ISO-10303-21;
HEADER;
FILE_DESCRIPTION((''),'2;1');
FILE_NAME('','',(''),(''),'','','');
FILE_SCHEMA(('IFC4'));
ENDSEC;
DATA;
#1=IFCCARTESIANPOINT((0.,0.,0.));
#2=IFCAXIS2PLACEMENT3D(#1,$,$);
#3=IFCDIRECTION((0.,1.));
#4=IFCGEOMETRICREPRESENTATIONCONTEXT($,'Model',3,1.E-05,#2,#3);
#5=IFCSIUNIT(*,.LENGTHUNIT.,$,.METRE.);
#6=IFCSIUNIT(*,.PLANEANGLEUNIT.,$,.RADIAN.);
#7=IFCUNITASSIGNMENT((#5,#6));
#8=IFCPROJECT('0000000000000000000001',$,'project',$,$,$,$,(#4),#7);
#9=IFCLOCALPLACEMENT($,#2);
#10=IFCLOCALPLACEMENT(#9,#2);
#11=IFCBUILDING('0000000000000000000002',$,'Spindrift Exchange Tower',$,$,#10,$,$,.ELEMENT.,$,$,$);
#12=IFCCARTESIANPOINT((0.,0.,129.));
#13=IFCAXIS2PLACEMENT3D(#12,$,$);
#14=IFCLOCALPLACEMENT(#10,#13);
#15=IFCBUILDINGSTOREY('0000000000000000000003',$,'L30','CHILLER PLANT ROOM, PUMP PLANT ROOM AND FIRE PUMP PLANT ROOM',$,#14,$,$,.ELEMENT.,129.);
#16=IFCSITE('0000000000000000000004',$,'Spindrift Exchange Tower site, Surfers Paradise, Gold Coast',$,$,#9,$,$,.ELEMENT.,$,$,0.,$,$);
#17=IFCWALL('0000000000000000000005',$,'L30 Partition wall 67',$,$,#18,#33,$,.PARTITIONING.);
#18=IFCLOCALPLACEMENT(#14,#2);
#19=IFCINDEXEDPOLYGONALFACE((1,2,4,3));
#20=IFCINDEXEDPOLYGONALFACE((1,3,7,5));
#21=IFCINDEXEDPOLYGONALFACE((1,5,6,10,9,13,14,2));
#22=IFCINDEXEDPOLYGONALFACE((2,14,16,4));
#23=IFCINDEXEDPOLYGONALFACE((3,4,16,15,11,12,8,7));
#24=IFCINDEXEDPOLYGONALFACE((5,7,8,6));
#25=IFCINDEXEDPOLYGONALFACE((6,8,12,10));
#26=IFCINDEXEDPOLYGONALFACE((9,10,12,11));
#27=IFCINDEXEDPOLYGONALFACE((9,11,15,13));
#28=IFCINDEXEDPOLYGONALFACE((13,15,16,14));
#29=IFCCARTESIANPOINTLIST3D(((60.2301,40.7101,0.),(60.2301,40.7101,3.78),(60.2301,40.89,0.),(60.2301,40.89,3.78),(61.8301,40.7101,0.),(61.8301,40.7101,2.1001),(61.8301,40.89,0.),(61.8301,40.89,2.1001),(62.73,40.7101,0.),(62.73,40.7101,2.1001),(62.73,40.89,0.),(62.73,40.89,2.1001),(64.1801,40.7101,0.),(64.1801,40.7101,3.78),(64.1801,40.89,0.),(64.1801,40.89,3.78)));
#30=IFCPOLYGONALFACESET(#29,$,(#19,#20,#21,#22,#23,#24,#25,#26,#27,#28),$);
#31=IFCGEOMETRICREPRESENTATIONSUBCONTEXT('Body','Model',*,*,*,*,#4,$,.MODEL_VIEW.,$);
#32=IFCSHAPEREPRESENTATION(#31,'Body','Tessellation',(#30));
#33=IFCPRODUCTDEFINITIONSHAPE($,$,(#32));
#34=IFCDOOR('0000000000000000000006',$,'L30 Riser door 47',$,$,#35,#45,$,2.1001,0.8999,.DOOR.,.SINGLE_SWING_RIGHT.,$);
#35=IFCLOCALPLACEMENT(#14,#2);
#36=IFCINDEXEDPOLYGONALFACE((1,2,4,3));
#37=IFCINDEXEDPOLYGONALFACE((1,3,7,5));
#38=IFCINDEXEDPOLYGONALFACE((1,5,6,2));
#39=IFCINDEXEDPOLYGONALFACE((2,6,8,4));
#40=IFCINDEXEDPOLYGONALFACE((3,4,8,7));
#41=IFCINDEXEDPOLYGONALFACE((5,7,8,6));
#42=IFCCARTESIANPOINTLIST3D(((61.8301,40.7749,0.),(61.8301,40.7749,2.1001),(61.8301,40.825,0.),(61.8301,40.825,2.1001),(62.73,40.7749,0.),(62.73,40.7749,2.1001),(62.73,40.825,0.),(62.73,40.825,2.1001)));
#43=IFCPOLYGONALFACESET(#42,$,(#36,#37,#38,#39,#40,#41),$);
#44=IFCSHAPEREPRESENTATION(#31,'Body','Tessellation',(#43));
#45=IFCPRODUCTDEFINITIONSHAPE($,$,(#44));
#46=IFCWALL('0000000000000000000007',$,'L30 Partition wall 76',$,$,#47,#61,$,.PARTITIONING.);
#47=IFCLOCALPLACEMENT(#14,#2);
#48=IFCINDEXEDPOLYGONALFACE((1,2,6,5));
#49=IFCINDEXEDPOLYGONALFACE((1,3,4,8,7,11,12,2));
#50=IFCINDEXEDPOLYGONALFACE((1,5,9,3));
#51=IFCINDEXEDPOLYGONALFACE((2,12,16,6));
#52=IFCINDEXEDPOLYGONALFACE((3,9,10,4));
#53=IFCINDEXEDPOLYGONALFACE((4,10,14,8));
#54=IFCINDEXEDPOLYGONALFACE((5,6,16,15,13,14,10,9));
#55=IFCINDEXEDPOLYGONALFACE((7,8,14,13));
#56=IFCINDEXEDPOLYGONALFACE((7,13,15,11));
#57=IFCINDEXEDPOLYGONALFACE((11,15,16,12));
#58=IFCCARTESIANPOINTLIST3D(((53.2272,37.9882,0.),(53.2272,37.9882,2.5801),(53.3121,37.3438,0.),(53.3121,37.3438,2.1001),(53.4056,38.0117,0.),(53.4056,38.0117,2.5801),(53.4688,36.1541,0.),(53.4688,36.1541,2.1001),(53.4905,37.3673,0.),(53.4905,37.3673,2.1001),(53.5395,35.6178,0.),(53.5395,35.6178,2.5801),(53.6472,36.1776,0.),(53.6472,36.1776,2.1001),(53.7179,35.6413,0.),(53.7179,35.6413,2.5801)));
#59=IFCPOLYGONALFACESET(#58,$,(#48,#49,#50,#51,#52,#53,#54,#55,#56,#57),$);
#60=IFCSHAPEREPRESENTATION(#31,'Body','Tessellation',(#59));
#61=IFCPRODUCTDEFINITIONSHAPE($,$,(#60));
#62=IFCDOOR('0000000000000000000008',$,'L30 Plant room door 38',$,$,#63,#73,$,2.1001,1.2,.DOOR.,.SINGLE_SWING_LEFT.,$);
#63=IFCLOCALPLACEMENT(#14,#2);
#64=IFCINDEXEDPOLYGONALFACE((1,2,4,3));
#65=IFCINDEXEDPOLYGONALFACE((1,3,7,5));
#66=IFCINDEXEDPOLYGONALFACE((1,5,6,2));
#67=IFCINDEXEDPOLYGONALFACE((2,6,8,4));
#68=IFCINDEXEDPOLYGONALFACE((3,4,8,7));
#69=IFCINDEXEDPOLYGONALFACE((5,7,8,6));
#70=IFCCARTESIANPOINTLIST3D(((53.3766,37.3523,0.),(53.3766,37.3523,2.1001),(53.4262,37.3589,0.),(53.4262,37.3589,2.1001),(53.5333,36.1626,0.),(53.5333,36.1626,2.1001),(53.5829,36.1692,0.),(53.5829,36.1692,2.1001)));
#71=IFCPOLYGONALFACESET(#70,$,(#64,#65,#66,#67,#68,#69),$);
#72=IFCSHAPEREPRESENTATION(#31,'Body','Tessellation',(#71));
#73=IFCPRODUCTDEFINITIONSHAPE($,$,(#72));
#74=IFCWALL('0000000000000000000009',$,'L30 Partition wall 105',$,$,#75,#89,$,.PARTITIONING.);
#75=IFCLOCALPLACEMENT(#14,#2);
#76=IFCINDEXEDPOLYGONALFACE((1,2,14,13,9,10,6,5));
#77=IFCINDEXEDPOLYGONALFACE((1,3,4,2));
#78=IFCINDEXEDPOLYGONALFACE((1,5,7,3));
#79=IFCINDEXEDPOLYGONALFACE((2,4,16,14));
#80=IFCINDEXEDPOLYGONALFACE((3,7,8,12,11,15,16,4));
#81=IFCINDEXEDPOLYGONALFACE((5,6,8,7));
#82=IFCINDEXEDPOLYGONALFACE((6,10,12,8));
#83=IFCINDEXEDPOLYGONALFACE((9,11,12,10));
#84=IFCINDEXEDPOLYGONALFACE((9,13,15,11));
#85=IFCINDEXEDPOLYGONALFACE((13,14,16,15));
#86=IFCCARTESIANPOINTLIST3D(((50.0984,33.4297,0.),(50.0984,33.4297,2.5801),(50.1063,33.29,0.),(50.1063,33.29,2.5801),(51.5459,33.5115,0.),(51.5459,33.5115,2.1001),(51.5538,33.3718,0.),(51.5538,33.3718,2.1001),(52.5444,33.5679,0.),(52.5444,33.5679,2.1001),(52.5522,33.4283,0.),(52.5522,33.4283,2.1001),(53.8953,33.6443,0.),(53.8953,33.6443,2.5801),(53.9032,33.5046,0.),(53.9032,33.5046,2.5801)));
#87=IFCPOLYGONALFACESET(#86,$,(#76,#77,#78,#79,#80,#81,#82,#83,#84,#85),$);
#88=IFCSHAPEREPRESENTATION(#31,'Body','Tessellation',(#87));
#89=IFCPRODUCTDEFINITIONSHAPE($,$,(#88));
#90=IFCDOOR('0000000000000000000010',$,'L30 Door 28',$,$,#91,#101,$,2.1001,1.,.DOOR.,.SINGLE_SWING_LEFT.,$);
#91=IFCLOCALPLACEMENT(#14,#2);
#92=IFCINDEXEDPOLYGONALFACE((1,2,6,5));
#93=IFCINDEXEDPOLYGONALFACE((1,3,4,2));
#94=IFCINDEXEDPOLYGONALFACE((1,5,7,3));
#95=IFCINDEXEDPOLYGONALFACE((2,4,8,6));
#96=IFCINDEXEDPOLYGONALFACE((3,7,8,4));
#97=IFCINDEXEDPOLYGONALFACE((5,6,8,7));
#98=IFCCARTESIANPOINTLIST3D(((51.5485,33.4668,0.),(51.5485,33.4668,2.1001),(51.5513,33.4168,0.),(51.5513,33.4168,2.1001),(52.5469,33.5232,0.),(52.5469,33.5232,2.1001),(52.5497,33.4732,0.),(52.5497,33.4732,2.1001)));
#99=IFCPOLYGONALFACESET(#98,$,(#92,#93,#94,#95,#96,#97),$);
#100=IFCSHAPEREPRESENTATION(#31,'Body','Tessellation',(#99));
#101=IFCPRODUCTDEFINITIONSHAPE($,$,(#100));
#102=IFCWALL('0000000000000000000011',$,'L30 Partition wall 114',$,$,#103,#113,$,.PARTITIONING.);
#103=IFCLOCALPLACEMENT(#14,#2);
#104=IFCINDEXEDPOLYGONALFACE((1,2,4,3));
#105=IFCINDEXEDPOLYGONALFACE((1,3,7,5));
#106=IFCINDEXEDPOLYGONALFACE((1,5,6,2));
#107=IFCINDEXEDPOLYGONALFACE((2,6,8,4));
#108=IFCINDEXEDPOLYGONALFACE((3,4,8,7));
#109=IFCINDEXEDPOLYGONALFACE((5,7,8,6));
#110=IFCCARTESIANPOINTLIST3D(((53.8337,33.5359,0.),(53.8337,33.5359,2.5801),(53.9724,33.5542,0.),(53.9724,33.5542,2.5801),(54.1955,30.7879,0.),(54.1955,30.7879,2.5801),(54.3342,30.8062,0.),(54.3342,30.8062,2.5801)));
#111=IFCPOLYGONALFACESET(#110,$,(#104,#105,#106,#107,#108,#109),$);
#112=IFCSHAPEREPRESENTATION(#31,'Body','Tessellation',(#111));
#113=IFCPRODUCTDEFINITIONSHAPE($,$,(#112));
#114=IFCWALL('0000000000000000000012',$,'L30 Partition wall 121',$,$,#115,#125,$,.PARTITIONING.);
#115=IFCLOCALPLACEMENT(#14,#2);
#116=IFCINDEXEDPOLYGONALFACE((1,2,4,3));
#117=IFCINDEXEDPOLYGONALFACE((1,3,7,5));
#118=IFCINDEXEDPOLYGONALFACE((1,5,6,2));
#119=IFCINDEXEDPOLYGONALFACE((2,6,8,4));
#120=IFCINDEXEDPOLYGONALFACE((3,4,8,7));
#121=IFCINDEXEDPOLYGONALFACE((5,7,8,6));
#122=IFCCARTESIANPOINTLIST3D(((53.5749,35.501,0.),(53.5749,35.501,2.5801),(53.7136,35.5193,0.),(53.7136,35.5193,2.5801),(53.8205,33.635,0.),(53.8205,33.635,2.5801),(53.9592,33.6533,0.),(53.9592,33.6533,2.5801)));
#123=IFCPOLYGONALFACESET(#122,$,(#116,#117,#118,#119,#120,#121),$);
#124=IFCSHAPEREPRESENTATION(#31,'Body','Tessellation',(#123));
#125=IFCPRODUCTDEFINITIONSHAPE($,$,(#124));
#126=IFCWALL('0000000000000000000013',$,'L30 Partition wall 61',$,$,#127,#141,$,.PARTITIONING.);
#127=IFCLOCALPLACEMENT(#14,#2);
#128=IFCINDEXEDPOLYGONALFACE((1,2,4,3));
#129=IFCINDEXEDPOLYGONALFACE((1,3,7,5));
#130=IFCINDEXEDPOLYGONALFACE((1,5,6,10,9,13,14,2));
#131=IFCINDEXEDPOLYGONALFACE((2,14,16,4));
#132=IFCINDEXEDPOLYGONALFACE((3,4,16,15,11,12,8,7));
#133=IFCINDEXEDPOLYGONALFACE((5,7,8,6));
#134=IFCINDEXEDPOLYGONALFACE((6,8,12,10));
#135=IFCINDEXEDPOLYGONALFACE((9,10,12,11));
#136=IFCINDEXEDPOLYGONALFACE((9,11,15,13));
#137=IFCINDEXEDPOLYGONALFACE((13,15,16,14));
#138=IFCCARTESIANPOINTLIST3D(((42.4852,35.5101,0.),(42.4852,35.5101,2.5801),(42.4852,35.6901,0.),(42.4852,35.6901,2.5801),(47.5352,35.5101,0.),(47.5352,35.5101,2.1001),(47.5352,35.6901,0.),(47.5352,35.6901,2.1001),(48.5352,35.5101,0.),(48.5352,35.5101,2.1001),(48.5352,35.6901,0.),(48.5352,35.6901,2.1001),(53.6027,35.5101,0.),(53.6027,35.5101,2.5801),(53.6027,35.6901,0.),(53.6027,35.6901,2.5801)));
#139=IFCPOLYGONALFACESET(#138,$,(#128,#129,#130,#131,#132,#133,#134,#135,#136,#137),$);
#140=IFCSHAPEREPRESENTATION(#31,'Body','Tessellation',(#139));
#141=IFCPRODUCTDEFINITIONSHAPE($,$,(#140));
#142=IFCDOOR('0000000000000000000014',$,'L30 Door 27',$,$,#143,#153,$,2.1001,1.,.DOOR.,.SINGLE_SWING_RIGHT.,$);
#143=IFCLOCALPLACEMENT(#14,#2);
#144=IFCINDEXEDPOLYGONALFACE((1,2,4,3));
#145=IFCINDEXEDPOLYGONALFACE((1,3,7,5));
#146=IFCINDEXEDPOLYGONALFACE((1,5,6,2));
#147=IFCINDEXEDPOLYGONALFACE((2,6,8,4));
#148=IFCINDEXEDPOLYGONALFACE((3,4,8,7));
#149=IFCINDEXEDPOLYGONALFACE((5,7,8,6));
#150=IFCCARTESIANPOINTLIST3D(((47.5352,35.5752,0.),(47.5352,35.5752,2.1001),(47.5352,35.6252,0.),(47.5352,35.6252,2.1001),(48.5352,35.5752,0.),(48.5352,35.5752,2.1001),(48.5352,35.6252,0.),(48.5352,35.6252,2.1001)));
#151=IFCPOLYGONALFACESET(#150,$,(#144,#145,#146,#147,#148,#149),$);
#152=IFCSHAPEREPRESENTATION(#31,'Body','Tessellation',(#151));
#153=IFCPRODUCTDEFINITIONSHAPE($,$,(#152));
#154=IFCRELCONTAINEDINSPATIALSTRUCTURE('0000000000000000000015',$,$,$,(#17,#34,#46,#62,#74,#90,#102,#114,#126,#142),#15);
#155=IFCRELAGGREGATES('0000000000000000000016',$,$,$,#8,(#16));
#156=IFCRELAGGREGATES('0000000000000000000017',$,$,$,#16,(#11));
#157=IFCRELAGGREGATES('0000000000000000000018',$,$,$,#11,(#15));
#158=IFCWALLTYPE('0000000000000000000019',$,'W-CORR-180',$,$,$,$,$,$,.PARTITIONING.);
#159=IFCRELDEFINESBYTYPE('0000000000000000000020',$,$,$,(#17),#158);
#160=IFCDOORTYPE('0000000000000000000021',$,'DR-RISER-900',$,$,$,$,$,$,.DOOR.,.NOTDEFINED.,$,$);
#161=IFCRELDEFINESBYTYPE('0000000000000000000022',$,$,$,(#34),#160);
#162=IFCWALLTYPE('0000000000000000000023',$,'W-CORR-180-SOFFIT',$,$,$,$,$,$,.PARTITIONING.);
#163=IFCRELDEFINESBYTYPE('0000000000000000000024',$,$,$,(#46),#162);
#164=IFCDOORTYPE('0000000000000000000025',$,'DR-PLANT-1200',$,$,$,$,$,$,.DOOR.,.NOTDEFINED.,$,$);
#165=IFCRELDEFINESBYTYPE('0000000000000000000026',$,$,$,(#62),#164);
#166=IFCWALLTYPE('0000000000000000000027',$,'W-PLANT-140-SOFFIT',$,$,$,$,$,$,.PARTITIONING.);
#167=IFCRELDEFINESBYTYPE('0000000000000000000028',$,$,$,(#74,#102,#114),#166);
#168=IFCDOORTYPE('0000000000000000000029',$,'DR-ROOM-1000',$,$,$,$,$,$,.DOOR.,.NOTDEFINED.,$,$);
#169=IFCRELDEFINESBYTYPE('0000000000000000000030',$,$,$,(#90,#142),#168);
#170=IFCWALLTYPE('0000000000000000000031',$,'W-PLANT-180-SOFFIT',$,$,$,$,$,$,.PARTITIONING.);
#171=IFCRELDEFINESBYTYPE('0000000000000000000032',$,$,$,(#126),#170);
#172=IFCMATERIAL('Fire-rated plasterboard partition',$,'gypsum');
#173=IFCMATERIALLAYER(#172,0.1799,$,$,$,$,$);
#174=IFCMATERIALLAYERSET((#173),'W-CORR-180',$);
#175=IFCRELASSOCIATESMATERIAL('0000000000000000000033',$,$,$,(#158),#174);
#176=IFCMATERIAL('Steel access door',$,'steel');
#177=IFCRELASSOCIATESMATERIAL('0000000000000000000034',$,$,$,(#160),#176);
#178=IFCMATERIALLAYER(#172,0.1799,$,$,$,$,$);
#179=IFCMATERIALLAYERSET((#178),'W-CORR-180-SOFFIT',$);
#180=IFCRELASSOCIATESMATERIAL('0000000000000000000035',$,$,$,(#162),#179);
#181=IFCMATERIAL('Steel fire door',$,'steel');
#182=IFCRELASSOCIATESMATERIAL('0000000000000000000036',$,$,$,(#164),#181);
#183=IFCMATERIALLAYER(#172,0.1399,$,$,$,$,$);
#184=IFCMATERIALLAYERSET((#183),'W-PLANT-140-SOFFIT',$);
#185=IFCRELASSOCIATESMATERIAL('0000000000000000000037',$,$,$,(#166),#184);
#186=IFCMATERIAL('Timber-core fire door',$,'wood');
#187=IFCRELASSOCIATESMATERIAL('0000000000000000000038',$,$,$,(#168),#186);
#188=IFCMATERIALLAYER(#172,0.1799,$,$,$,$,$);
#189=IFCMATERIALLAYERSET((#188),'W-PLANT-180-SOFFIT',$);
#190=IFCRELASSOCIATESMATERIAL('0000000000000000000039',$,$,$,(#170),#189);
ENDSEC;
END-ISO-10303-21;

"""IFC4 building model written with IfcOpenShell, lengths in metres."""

from ifc_helpers import new_model, si_unit, direction, frame, frame_2d, origin, place, context, subcontext, project, spatial, rectangle, extrude, source, transform, mapped, material, layer, layer_set, type_object, element, fill, save


model = new_model("IFC4")

# Units and contexts
model_context = context("Model", 3, precision=1e-05, world=origin(), true_north=direction((0.0, 1.0)))
body_context = subcontext(model_context, "Body", "Model", "MODEL_VIEW")
ifc_project = project(units=[si_unit("LENGTHUNIT", "METRE"), si_unit("PLANEANGLEUNIT", "RADIAN")], contexts=[model_context])

# Site, building, storey
site_placement = place(None, origin())
site = spatial("IfcSite", under=ifc_project, at=site_placement, Name="Spindrift Exchange Tower site, Surfers Paradise, Gold Coast", CompositionType="ELEMENT", RefElevation=0.0)
building_placement = place(site_placement, origin())
building = spatial("IfcBuilding", under=site, at=building_placement, Name="Spindrift Exchange Tower", CompositionType="ELEMENT")
storey_placement = place(building_placement, frame((0.0, 0.0, 129.0)))
storey = spatial("IfcBuildingStorey", under=building, at=storey_placement, Name="L30", Description="CHILLER PLANT ROOM, PUMP PLANT ROOM AND FIRE PUMP PLANT ROOM", CompositionType="ELEMENT", Elevation=129.0)

# Walls, openings, doors
ifc_material_1 = material(Name="Fire-rated plasterboard partition", Category="gypsum")
ifc_layer_1 = layer(ifc_material_1, 0.1799)
ifc_layer_set_1 = layer_set([ifc_layer_1], Name="W-CORR-180")
wall_type_1 = type_object("IfcWallType", Name="W-CORR-180", PredefinedType="PARTITIONING", material=ifc_layer_set_1)
wall_1_placement = place(storey_placement, frame((60.23, 40.8, 0.0), z_axis=(0.0, 0.0, 1.0), x_axis=(1.0, 0.0, 0.0)))
wall_1 = element("IfcWall", 1, at=wall_1_placement, inside=storey, type_object=wall_type_1, Name="L30 Partition wall 67", PredefinedType="PARTITIONING", context=body_context, shape_type="SweptSolid", body=[
    extrude(rectangle(XDim=3.95, YDim=0.1799, at=frame_2d((1.9751, 0.0))), origin(), (0.0, 0.0, 1.0), 3.78),
])
opening_1_placement = place(wall_1_placement, frame((1.6001, 0.0, 0.0)))
opening_1 = element("IfcOpeningElement", 2, at=opening_1_placement, cuts=wall_1, PredefinedType="OPENING", context=body_context, shape_type="SweptSolid", body=[
    extrude(rectangle(XDim=0.8999, YDim=2.1001, at=frame_2d((0.45, 1.05))), frame((0.0, 0.0999, 0.0), z_axis=(0.0, -1.0, 0.0), x_axis=(1.0, 0.0, 0.0)), (0.0, 0.0, 1.0), 0.2),
])
ifc_material_2 = material(Name="Steel access door", Category="steel")
door_type_1 = type_object("IfcDoorType", Name="DR-RISER-900", OperationType="NOTDEFINED", PredefinedType="DOOR", material=ifc_material_2)
shared_shape_1 = source(origin(), body_context, "Body", "SweptSolid", [
    extrude(rectangle(XDim=0.8999, YDim=2.1001, at=frame_2d((0.45, 1.05))), frame((0.0, 0.0249, 0.0), z_axis=(0.0, -1.0, 0.0), x_axis=(1.0, 0.0, 0.0)), (0.0, 0.0, 1.0), 0.05),
])
door_1_placement = place(opening_1_placement, origin())
door_1 = element("IfcDoor", 3, at=door_1_placement, inside=storey, type_object=door_type_1, Name="L30 Riser door 47", OperationType="SINGLE_SWING_RIGHT", OverallHeight=2.1001, OverallWidth=0.8999, PredefinedType="DOOR", context=body_context, shape_type="MappedRepresentation", body=[
    mapped(shared_shape_1, transform((0.0, 0.0, 0.0), scale=1.0)),
])
fill(opening_1, door_1)
ifc_layer_2 = layer(ifc_material_1, 0.1799)
ifc_layer_set_2 = layer_set([ifc_layer_2], Name="W-CORR-180-SOFFIT")
wall_type_2 = type_object("IfcWallType", Name="W-CORR-180-SOFFIT", PredefinedType="PARTITIONING", material=ifc_layer_set_2)
wall_2_placement = place(storey_placement, frame((53.6287, 35.6296, 0.0), z_axis=(0.0, 0.0, 1.0), x_axis=(-0.130605, 0.991434, 0.0)))
wall_2 = element("IfcWall", 4, at=wall_2_placement, inside=storey, type_object=wall_type_2, Name="L30 Partition wall 76", PredefinedType="PARTITIONING", context=body_context, shape_type="SweptSolid", body=[
    extrude(rectangle(XDim=2.3909, YDim=0.1799, at=frame_2d((1.1953, 0.0))), origin(), (0.0, 0.0, 1.0), 2.5801),
])
opening_2_placement = place(wall_2_placement, frame((0.5408, 0.0, 0.0)))
opening_2 = element("IfcOpeningElement", 5, at=opening_2_placement, cuts=wall_2, PredefinedType="OPENING", context=body_context, shape_type="SweptSolid", body=[
    extrude(rectangle(XDim=1.2, YDim=2.1001, at=frame_2d((0.6001, 1.05))), frame((0.0, 0.0999, 0.0), z_axis=(0.0, -1.0, 0.0), x_axis=(1.0, 0.0, 0.0)), (0.0, 0.0, 1.0), 0.2),
])
ifc_material_3 = material(Name="Steel fire door", Category="steel")
door_type_2 = type_object("IfcDoorType", Name="DR-PLANT-1200", OperationType="NOTDEFINED", PredefinedType="DOOR", material=ifc_material_3)
shared_shape_2 = source(origin(), body_context, "Body", "SweptSolid", [
    extrude(rectangle(XDim=1.2, YDim=2.1001, at=frame_2d((0.6001, 1.05))), frame((0.0, 0.0249, 0.0), z_axis=(0.0, -1.0, 0.0), x_axis=(1.0, 0.0, 0.0)), (0.0, 0.0, 1.0), 0.05),
])
door_2_placement = place(opening_2_placement, origin())
door_2 = element("IfcDoor", 6, at=door_2_placement, inside=storey, type_object=door_type_2, Name="L30 Plant room door 38", OperationType="SINGLE_SWING_LEFT", OverallHeight=2.1001, OverallWidth=1.2, PredefinedType="DOOR", context=body_context, shape_type="MappedRepresentation", body=[
    mapped(shared_shape_2, transform((0.0, 0.0, 0.0), scale=1.0)),
])
fill(opening_2, door_2)
ifc_layer_3 = layer(ifc_material_1, 0.1399)
ifc_layer_set_3 = layer_set([ifc_layer_3], Name="W-PLANT-140-SOFFIT")
wall_type_3 = type_object("IfcWallType", Name="W-PLANT-140-SOFFIT", PredefinedType="PARTITIONING", material=ifc_layer_set_3)
wall_3_placement = place(storey_placement, frame((53.8992, 33.5745, 0.0), z_axis=(0.0, 0.0, 1.0), x_axis=(-0.998407, -0.05643, 0.0)))
wall_3 = element("IfcWall", 7, at=wall_3_placement, inside=storey, type_object=wall_type_3, Name="L30 Partition wall 105", PredefinedType="PARTITIONING", context=body_context, shape_type="SweptSolid", body=[
    extrude(rectangle(XDim=3.803, YDim=0.1399, at=frame_2d((1.9014, 0.0))), origin(), (0.0, 0.0, 1.0), 2.5801),
])
opening_3_placement = place(wall_3_placement, frame((1.353, 0.0, 0.0)))
opening_3 = element("IfcOpeningElement", 8, at=opening_3_placement, cuts=wall_3, PredefinedType="OPENING", context=body_context, shape_type="SweptSolid", body=[
    extrude(rectangle(XDim=1.0, YDim=2.1001, at=frame_2d((0.5, 1.05))), frame((0.0, 0.0798, 0.0), z_axis=(0.0, -1.0, 0.0), x_axis=(1.0, 0.0, 0.0)), (0.0, 0.0, 1.0), 0.1599),
])
ifc_material_4 = material(Name="Timber-core fire door", Category="wood")
door_type_3 = type_object("IfcDoorType", Name="DR-ROOM-1000", OperationType="NOTDEFINED", PredefinedType="DOOR", material=ifc_material_4)
shared_shape_3 = source(origin(), body_context, "Body", "SweptSolid", [
    extrude(rectangle(XDim=1.0, YDim=2.1001, at=frame_2d((0.5, 1.05))), frame((0.0, 0.0249, 0.0), z_axis=(0.0, -1.0, 0.0), x_axis=(1.0, 0.0, 0.0)), (0.0, 0.0, 1.0), 0.05),
])
door_3_placement = place(opening_3_placement, origin())
door_3 = element("IfcDoor", 9, at=door_3_placement, inside=storey, type_object=door_type_3, Name="L30 Door 28", OperationType="SINGLE_SWING_LEFT", OverallHeight=2.1001, OverallWidth=1.0, PredefinedType="DOOR", context=body_context, shape_type="MappedRepresentation", body=[
    mapped(shared_shape_3, transform((0.0, 0.0, 0.0), scale=1.0)),
])
fill(opening_3, door_3)

# Walls
wall_4_placement = place(storey_placement, frame((53.9031, 33.5449, 0.0), z_axis=(0.0, 0.0, 1.0), x_axis=(0.130537, -0.991443, 0.0)))
element("IfcWall", 10, at=wall_4_placement, inside=storey, type_object=wall_type_3, Name="L30 Partition wall 114", PredefinedType="PARTITIONING", context=body_context, shape_type="SweptSolid", body=[
    extrude(rectangle(XDim=2.7717, YDim=0.1399, at=frame_2d((1.3857, 0.0))), origin(), (0.0, 0.0, 1.0), 2.5801),
])
wall_5_placement = place(storey_placement, frame((53.6443, 35.51, 0.0), z_axis=(0.0, 0.0, 1.0), x_axis=(0.130498, -0.991449, 0.0)))
element("IfcWall", 11, at=wall_5_placement, inside=storey, type_object=wall_type_3, Name="L30 Partition wall 121", PredefinedType="PARTITIONING", context=body_context, shape_type="SweptSolid", body=[
    extrude(rectangle(XDim=1.8821, YDim=0.1399, at=frame_2d((0.9409, 0.0))), origin(), (0.0, 0.0, 1.0), 2.5801),
])

# Wall, opening, door
ifc_layer_4 = layer(ifc_material_1, 0.1799)
ifc_layer_set_4 = layer_set([ifc_layer_4], Name="W-PLANT-180-SOFFIT")
wall_type_4 = type_object("IfcWallType", Name="W-PLANT-180-SOFFIT", PredefinedType="PARTITIONING", material=ifc_layer_set_4)
wall_6_placement = place(storey_placement, frame((53.6025, 35.6001, 0.0), z_axis=(0.0, 0.0, 1.0), x_axis=(-1.0, 0.0, 0.0)))
wall_6 = element("IfcWall", 12, at=wall_6_placement, inside=storey, type_object=wall_type_4, Name="L30 Partition wall 61", PredefinedType="PARTITIONING", context=body_context, shape_type="SweptSolid", body=[
    extrude(rectangle(XDim=11.1174, YDim=0.1799, at=frame_2d((5.5586, 0.0))), origin(), (0.0, 0.0, 1.0), 2.5801),
])
opening_4_placement = place(wall_6_placement, frame((5.0674, 0.0, 0.0)))
opening_4 = element("IfcOpeningElement", 13, at=opening_4_placement, cuts=wall_6, PredefinedType="OPENING", context=body_context, shape_type="SweptSolid", body=[
    extrude(rectangle(XDim=1.0, YDim=2.1001, at=frame_2d((0.5, 1.05))), frame((0.0, 0.0999, 0.0), z_axis=(0.0, -1.0, 0.0), x_axis=(1.0, 0.0, 0.0)), (0.0, 0.0, 1.0), 0.2),
])
door_4_placement = place(opening_4_placement, origin())
door_4 = element("IfcDoor", 14, at=door_4_placement, inside=storey, type_object=door_type_3, Name="L30 Door 27", OperationType="SINGLE_SWING_RIGHT", OverallHeight=2.1001, OverallWidth=1.0, PredefinedType="DOOR", context=body_context, shape_type="MappedRepresentation", body=[
    mapped(shared_shape_3, transform((0.0, 0.0, 0.0), scale=1.0)),
])
fill(opening_4, door_4)

save(model, "model.ifc")
